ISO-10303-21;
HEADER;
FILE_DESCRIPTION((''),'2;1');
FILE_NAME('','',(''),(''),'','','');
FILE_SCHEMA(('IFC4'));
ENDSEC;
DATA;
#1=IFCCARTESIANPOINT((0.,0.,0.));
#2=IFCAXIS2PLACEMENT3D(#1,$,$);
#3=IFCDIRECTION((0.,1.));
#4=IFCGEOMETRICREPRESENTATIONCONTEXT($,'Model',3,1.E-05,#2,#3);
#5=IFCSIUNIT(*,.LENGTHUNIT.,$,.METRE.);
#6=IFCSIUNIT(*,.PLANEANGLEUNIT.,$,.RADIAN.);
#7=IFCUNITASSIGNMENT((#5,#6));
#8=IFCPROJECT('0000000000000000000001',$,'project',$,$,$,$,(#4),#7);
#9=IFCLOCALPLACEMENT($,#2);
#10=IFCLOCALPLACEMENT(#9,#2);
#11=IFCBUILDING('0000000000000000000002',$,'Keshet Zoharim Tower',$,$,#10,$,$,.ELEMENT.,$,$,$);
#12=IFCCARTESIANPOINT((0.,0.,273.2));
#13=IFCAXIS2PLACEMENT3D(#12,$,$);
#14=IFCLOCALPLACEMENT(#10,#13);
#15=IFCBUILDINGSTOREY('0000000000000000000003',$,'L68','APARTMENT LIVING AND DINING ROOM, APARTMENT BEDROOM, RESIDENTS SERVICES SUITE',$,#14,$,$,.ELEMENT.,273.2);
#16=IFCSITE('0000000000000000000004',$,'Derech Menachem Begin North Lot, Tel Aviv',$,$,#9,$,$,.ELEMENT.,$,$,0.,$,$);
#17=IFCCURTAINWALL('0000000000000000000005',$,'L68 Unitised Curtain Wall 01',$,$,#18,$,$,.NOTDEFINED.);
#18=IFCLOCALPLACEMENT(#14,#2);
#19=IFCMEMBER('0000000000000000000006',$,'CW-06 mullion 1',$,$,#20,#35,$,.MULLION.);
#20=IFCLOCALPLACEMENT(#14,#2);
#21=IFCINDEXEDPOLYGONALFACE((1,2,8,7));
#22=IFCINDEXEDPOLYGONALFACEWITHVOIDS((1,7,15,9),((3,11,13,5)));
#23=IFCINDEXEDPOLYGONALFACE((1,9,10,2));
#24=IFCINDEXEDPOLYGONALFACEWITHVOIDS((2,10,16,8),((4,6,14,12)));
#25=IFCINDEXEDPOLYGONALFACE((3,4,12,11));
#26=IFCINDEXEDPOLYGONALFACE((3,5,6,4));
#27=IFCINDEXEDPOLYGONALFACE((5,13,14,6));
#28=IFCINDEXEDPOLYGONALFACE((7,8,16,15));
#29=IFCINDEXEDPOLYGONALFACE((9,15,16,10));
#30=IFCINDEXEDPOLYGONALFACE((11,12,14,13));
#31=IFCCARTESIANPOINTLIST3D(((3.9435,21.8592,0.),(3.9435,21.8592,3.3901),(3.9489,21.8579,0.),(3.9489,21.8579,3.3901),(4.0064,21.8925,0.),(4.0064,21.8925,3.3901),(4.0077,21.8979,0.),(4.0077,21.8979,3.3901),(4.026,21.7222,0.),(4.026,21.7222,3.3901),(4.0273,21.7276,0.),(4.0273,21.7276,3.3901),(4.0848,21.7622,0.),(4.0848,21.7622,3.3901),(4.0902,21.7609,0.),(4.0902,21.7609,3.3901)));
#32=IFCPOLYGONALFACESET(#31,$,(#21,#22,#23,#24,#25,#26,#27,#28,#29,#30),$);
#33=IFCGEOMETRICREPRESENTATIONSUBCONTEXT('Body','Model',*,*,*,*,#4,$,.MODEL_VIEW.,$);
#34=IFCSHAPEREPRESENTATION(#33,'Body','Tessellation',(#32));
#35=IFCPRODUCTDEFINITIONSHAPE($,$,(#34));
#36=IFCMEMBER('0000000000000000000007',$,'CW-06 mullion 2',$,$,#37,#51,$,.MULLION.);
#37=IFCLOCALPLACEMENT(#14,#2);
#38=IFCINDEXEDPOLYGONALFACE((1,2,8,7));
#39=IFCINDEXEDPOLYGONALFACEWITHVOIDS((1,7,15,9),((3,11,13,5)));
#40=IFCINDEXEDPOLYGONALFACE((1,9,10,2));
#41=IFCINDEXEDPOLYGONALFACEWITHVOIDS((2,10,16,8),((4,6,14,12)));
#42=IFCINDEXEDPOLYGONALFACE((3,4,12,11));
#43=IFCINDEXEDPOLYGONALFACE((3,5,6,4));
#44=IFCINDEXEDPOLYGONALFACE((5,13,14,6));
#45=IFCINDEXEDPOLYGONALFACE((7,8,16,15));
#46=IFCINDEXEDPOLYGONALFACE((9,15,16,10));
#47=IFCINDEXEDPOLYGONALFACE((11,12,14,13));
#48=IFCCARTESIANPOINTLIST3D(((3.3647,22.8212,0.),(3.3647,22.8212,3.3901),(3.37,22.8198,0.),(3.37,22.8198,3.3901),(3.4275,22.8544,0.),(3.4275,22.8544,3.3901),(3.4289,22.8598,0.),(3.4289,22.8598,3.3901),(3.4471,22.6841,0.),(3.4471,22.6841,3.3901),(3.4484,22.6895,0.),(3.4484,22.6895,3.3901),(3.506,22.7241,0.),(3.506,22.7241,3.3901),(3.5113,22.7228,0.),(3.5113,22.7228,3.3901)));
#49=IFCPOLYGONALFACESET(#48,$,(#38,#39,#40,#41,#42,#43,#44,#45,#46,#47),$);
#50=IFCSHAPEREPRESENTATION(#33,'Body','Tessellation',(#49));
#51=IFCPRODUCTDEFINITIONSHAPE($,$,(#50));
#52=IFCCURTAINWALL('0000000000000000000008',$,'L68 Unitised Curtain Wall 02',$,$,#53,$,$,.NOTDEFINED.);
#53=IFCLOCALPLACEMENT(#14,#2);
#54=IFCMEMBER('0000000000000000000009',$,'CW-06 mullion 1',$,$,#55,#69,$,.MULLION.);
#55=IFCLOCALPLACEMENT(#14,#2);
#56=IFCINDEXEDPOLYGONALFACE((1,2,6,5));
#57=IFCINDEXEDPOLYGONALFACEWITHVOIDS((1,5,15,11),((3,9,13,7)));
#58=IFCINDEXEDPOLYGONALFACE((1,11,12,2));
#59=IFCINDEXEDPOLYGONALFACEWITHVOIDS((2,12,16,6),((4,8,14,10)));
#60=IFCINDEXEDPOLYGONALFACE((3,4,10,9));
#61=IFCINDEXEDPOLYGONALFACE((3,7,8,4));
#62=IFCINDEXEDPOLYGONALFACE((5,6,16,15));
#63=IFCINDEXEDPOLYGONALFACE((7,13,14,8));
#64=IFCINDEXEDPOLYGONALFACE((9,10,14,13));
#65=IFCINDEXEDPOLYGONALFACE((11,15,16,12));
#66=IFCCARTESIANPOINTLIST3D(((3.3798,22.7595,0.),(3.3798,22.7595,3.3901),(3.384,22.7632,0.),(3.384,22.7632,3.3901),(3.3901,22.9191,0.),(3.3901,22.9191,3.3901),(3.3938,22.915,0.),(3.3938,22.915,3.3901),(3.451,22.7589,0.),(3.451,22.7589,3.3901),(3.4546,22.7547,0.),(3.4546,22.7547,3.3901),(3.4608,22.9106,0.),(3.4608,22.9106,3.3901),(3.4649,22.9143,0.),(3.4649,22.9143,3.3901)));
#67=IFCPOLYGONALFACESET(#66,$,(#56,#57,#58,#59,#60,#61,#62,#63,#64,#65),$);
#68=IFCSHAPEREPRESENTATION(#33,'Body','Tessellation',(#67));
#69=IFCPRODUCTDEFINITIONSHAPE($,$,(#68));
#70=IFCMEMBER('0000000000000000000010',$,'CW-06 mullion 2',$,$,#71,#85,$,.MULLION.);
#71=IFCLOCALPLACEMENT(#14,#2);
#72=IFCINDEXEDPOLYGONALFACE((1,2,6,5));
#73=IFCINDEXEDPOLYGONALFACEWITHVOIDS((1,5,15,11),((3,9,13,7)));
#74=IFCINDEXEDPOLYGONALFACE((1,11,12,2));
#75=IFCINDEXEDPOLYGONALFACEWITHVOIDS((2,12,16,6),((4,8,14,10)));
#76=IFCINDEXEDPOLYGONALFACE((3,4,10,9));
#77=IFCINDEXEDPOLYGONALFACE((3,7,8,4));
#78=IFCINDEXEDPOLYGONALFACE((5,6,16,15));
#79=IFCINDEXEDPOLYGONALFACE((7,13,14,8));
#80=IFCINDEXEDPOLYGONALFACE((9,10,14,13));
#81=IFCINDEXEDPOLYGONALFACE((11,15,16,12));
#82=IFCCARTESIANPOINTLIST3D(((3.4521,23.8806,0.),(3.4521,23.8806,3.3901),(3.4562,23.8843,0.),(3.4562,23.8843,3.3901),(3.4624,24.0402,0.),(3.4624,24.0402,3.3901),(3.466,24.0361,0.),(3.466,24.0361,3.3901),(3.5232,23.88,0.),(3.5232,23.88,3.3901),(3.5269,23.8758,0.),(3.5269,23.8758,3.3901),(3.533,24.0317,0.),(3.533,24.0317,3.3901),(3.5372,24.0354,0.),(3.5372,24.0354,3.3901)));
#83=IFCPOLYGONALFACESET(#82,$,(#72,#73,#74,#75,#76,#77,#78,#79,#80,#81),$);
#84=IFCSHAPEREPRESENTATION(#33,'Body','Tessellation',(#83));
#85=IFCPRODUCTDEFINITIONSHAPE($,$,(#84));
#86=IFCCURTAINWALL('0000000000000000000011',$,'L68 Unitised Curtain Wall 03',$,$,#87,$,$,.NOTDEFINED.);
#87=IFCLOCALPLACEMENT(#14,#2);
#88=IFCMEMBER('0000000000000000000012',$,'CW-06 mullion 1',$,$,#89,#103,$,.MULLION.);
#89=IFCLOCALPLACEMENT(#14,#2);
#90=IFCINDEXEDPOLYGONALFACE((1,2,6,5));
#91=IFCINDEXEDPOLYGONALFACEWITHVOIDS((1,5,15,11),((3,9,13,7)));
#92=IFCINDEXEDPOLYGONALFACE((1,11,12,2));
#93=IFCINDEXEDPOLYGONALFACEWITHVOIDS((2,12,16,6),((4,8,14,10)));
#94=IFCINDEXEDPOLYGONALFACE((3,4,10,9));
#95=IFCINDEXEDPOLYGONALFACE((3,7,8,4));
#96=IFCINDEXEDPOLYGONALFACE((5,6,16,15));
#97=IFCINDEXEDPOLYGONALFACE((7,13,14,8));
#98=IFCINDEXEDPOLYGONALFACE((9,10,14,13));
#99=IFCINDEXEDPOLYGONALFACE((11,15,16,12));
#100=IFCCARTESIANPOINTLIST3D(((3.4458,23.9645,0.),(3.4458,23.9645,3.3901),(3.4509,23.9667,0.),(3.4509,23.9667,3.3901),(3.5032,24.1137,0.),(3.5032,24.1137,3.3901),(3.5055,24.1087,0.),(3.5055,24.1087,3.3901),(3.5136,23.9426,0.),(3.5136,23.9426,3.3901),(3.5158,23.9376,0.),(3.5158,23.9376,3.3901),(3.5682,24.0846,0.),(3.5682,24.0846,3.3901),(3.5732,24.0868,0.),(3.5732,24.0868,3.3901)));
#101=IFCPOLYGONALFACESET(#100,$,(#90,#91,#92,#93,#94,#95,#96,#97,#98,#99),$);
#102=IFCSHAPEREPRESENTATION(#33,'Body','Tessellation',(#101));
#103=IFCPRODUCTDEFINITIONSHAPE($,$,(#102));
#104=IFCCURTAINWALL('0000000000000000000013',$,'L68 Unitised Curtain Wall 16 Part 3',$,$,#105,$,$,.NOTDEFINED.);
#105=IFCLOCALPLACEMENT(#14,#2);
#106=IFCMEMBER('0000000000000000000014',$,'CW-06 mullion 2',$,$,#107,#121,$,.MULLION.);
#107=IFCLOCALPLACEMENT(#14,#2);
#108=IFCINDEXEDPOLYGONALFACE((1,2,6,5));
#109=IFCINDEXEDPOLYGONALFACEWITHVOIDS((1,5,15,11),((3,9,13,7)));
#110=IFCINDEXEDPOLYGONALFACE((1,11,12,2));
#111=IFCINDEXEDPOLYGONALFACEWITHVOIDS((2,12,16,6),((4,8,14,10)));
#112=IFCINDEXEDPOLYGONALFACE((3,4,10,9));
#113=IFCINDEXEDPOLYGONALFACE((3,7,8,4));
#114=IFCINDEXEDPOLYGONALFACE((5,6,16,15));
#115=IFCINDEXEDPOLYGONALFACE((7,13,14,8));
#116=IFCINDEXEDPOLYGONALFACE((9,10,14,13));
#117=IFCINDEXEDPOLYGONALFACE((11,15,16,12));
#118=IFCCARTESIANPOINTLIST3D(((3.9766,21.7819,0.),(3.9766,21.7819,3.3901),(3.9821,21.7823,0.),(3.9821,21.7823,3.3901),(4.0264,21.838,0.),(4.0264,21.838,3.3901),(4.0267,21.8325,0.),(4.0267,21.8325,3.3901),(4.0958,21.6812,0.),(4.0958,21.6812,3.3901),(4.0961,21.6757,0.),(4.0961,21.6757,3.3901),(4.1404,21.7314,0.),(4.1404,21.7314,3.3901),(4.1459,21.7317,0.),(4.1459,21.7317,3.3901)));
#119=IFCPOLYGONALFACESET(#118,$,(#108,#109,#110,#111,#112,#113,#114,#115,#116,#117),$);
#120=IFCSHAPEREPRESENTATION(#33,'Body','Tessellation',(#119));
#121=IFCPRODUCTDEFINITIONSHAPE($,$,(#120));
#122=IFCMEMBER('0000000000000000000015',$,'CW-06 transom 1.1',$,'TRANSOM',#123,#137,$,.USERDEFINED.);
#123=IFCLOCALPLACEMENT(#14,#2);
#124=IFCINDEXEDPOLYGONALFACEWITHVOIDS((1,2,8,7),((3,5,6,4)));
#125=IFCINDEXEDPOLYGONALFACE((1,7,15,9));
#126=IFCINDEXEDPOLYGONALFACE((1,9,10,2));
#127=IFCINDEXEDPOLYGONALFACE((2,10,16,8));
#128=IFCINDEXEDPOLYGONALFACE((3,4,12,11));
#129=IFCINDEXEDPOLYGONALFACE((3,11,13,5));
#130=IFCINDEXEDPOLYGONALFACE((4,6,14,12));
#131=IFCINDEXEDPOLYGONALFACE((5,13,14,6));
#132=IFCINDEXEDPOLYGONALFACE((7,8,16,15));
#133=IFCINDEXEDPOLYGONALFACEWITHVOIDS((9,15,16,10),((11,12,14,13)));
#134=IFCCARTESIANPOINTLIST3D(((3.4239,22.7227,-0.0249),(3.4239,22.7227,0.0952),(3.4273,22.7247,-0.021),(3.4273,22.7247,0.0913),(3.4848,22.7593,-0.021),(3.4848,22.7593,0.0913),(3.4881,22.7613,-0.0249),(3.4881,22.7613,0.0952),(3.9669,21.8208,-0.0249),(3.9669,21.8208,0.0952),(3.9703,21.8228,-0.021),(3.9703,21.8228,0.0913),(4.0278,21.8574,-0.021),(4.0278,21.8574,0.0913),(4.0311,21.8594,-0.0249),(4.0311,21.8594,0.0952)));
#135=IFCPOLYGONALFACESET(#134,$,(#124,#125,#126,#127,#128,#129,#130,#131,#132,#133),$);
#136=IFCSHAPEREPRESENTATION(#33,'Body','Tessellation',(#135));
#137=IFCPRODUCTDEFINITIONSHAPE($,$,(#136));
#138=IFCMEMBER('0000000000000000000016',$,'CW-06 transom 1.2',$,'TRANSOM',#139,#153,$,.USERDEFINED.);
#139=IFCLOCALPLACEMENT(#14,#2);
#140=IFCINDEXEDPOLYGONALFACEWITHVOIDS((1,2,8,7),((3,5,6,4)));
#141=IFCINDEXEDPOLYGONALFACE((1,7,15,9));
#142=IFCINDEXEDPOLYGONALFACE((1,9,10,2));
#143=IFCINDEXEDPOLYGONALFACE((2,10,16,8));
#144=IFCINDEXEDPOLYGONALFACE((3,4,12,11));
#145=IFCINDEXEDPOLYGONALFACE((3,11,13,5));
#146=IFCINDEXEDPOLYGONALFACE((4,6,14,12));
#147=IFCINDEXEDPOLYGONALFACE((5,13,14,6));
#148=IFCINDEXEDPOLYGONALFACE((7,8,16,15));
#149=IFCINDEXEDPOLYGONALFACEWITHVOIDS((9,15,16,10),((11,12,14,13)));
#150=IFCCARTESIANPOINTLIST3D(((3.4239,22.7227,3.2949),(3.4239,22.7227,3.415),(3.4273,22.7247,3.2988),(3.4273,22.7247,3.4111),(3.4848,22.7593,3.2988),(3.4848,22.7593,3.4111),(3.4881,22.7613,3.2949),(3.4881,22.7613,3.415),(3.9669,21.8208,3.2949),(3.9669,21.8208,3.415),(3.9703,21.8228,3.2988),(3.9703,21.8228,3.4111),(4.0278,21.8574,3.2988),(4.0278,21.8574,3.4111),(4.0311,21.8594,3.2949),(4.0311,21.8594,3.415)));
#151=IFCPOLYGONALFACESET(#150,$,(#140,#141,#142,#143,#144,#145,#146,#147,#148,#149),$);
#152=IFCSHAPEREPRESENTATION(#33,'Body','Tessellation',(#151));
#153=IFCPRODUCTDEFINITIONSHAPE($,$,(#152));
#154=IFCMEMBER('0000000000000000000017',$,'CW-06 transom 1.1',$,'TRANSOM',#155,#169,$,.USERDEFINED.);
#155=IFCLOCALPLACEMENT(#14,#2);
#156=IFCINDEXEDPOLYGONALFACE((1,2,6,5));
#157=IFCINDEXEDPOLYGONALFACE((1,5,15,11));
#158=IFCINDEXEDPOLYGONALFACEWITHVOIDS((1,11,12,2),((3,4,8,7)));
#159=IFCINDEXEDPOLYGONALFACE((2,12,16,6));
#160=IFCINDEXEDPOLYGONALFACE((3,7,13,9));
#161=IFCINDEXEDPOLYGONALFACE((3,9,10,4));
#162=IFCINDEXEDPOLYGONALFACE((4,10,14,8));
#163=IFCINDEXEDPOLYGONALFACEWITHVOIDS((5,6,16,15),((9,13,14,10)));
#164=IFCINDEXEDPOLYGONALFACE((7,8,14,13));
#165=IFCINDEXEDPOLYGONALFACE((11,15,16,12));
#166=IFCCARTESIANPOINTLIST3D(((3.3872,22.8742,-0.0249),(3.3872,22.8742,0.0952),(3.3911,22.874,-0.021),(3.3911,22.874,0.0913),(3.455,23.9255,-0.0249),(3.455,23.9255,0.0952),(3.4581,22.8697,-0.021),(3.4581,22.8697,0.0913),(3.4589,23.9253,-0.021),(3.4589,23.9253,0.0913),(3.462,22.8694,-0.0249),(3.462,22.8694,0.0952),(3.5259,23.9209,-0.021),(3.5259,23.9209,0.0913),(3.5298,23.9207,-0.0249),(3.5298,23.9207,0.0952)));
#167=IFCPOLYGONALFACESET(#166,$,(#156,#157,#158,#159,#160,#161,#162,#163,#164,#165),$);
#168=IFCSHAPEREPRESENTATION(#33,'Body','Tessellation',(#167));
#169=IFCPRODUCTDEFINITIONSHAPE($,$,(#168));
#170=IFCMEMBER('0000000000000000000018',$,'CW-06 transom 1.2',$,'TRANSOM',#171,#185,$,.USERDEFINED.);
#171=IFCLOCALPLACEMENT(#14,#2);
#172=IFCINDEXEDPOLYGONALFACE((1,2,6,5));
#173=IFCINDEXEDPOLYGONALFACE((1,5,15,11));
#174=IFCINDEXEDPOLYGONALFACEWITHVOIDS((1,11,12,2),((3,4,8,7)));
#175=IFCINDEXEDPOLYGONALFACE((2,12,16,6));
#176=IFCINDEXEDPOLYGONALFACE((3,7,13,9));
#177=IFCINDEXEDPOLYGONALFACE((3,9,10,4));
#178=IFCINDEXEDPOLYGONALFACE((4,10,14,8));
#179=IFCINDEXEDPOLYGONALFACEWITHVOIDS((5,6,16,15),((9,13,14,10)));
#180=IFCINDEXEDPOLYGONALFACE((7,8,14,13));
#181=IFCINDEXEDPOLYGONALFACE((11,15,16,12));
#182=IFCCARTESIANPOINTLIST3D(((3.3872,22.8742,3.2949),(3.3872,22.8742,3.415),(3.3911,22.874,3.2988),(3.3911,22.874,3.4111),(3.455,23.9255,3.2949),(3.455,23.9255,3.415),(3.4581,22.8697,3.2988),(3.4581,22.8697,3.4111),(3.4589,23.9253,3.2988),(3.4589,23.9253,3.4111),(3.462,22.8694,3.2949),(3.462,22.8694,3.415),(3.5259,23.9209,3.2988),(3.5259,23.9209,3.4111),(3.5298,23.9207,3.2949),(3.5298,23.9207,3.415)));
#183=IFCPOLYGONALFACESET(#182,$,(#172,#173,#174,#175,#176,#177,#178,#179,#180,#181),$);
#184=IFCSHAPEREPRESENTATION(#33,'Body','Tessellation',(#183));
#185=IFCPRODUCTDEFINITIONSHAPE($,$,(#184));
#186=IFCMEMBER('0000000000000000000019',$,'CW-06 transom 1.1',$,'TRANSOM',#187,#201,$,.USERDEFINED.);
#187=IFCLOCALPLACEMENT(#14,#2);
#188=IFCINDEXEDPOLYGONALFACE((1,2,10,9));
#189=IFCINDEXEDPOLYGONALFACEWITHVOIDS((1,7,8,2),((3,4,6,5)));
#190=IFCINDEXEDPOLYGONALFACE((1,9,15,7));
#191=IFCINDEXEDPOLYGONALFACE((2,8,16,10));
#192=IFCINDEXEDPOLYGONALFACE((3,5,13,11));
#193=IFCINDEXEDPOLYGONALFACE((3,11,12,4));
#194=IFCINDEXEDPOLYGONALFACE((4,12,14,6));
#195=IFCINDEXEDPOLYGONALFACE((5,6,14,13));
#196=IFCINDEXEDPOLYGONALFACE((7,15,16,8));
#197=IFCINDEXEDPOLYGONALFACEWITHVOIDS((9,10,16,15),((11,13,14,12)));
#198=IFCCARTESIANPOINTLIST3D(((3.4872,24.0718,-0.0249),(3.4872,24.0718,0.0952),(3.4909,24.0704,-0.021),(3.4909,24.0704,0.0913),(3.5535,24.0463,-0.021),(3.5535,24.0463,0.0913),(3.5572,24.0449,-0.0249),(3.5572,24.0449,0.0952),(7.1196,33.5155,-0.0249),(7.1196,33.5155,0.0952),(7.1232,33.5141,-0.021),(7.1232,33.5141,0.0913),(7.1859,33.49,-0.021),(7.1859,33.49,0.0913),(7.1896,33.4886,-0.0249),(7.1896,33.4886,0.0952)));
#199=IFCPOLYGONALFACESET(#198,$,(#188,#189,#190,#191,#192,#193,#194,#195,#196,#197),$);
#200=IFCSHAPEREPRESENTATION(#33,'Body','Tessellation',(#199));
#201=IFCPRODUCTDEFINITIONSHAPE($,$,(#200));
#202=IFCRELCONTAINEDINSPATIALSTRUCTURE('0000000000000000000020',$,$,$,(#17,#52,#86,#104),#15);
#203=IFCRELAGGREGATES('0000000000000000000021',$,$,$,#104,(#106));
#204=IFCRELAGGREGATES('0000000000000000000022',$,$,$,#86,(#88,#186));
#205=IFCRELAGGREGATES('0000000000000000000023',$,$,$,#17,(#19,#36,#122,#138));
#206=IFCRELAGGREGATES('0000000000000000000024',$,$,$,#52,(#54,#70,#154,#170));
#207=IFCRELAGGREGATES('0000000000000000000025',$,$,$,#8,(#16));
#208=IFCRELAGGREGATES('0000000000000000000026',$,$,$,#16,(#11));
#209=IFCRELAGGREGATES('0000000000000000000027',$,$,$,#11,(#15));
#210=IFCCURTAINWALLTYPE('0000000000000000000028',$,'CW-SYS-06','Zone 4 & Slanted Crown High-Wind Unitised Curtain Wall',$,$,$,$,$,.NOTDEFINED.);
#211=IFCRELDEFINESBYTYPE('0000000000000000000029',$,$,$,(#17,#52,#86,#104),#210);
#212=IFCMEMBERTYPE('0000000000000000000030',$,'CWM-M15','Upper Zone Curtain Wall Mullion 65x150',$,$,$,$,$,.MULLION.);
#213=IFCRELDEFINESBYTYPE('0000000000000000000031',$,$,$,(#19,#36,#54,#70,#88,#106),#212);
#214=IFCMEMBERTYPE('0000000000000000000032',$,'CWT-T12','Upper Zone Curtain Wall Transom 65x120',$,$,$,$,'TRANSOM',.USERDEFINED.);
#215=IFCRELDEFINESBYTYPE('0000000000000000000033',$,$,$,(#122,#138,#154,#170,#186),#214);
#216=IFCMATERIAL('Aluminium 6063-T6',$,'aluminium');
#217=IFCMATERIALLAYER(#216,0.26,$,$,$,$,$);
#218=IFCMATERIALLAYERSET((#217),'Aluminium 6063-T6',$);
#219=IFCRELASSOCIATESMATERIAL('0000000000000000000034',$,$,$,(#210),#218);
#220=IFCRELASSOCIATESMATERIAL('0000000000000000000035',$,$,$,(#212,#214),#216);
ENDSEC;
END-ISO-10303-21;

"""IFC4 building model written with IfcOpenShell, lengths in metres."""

from ifc_helpers import new_model, si_unit, direction, frame, origin, origin_2d, place, context, subcontext, project, spatial, hollow_rectangle, extrude, material, layer, layer_set, material_profile, profile_set, type_object, element, aggregate, save


model = new_model("IFC4")

# Units and contexts
model_context = context("Model", 3, precision=1e-05, world=origin(), true_north=direction((0.0, 1.0)))
body_context = subcontext(model_context, "Body", "Model", "MODEL_VIEW")
ifc_project = project(units=[si_unit("LENGTHUNIT", "METRE"), si_unit("PLANEANGLEUNIT", "RADIAN")], contexts=[model_context])

# Site, building, storey
site_placement = place(None, origin())
site = spatial("IfcSite", under=ifc_project, at=site_placement, Name="Derech Menachem Begin North Lot, Tel Aviv", CompositionType="ELEMENT", RefElevation=0.0)
building_placement = place(site_placement, origin())
building = spatial("IfcBuilding", under=site, at=building_placement, Name="Keshet Zoharim Tower", CompositionType="ELEMENT")
storey_placement = place(building_placement, frame((0.0, 0.0, 273.2)))
storey = spatial("IfcBuildingStorey", under=building, at=storey_placement, Name="L68", Description="APARTMENT LIVING AND DINING ROOM, APARTMENT BEDROOM, RESIDENTS SERVICES SUITE", CompositionType="ELEMENT", Elevation=273.2)

# Curtain walls, members
ifc_material_1 = material(Name="Aluminium 6063-T6", Category="aluminium")
ifc_layer_1 = layer(ifc_material_1, 0.26)
ifc_layer_set_1 = layer_set([ifc_layer_1], Name="Aluminium 6063-T6")
curtain_wall_type = type_object("IfcCurtainWallType", Name="CW-SYS-06", Description="Zone 4 & Slanted Crown High-Wind Unitised Curtain Wall", PredefinedType="NOTDEFINED", material=ifc_layer_set_1)
curtain_wall_1_placement = place(storey_placement, origin())
curtain_wall_1 = element("IfcCurtainWall", 1, at=curtain_wall_1_placement, inside=storey, type_object=curtain_wall_type, Name="L68 Unitised Curtain Wall 01", PredefinedType="NOTDEFINED")
ifc_material_profile_1 = material_profile(ifc_material_1, hollow_rectangle(XDim=0.075, YDim=0.1599, WallThickness=0.0039, at=origin_2d()), Name="MUL-75x160")
ifc_profile_set_1 = profile_set([ifc_material_profile_1], Name="Aluminium 6063-T6")
member_type_1 = type_object("IfcMemberType", Name="CWM-M15", Description="Upper Zone Curtain Wall Mullion 65x150", PredefinedType="MULLION", material=ifc_profile_set_1)
member_1_placement = place(storey_placement, frame((4.0168, 21.8101, 0.0), z_axis=(0.0, 0.0, 1.0), x_axis=(-0.856826, -0.515605, 0.0)))
member_1 = element("IfcMember", 2, at=member_1_placement, type_object=member_type_1, Name="CW-06 mullion 1", PredefinedType="MULLION", context=body_context, shape_type="SweptSolid", body=[
    extrude(hollow_rectangle(XDim=0.075, YDim=0.1599, WallThickness=0.0039, at=origin_2d()), origin(), (0.0, 0.0, 1.0), 3.3901),
])
member_2_placement = place(storey_placement, frame((3.438, 22.772, 0.0), z_axis=(0.0, 0.0, 1.0), x_axis=(-0.856826, -0.515605, 0.0)))
member_2 = element("IfcMember", 3, at=member_2_placement, type_object=member_type_1, Name="CW-06 mullion 2", PredefinedType="MULLION", context=body_context, shape_type="SweptSolid", body=[
    extrude(hollow_rectangle(XDim=0.075, YDim=0.1599, WallThickness=0.0039, at=origin_2d()), origin(), (0.0, 0.0, 1.0), 3.3901),
])
curtain_wall_2_placement = place(storey_placement, origin())
curtain_wall_2 = element("IfcCurtainWall", 4, at=curtain_wall_2_placement, inside=storey, type_object=curtain_wall_type, Name="L68 Unitised Curtain Wall 02", PredefinedType="NOTDEFINED")
member_3_placement = place(storey_placement, frame((3.4224, 22.8369, 0.0), z_axis=(0.0, 0.0, 1.0), x_axis=(-0.997917, 0.064517, 0.0)))
member_3 = element("IfcMember", 5, at=member_3_placement, type_object=member_type_1, Name="CW-06 mullion 1", PredefinedType="MULLION", context=body_context, shape_type="SweptSolid", body=[
    extrude(hollow_rectangle(XDim=0.075, YDim=0.1599, WallThickness=0.0039, at=origin_2d()), origin(), (0.0, 0.0, 1.0), 3.3901),
])
member_4_placement = place(storey_placement, frame((3.4946, 23.958, 0.0), z_axis=(0.0, 0.0, 1.0), x_axis=(-0.997917, 0.064517, 0.0)))
member_4 = element("IfcMember", 6, at=member_4_placement, type_object=member_type_1, Name="CW-06 mullion 2", PredefinedType="MULLION", context=body_context, shape_type="SweptSolid", body=[
    extrude(hollow_rectangle(XDim=0.075, YDim=0.1599, WallThickness=0.0039, at=origin_2d()), origin(), (0.0, 0.0, 1.0), 3.3901),
])

# Curtain walls, members
curtain_wall_3_placement = place(storey_placement, origin())
curtain_wall_3 = element("IfcCurtainWall", 7, at=curtain_wall_3_placement, inside=storey, type_object=curtain_wall_type, Name="L68 Unitised Curtain Wall 03", PredefinedType="NOTDEFINED")
member_5_placement = place(storey_placement, frame((3.5095, 24.0256, 0.0), z_axis=(0.0, 0.0, 1.0), x_axis=(-0.933341, 0.35899, 0.0)))
member_5 = element("IfcMember", 8, at=member_5_placement, type_object=member_type_1, Name="CW-06 mullion 1", PredefinedType="MULLION", context=body_context, shape_type="SweptSolid", body=[
    extrude(hollow_rectangle(XDim=0.075, YDim=0.1599, WallThickness=0.0039, at=origin_2d()), origin(), (0.0, 0.0, 1.0), 3.3901),
])
curtain_wall_4_placement = place(storey_placement, origin())
curtain_wall_4 = element("IfcCurtainWall", 9, at=curtain_wall_4_placement, inside=storey, type_object=curtain_wall_type, Name="L68 Unitised Curtain Wall 16 Part 3", PredefinedType="NOTDEFINED")
member_6_placement = place(storey_placement, frame((4.0613, 21.7568, 0.0), z_axis=(0.0, 0.0, 1.0), x_axis=(-0.664364, -0.747409, 0.0)))
member_6 = element("IfcMember", 10, at=member_6_placement, type_object=member_type_1, Name="CW-06 mullion 2", PredefinedType="MULLION", context=body_context, shape_type="SweptSolid", body=[
    extrude(hollow_rectangle(XDim=0.075, YDim=0.1599, WallThickness=0.0039, at=origin_2d()), origin(), (0.0, 0.0, 1.0), 3.3901),
])
aggregate(curtain_wall_4, [member_6])

# Members
ifc_material_profile_2 = material_profile(ifc_material_1, hollow_rectangle(XDim=0.075, YDim=0.1201, WallThickness=0.0039, at=origin_2d()), Name="TRN-75x120")
ifc_profile_set_2 = profile_set([ifc_material_profile_2], Name="Aluminium 6063-T6")
member_type_2 = type_object("IfcMemberType", Name="CWT-T12", Description="Upper Zone Curtain Wall Transom 65x120", ElementType="TRANSOM", PredefinedType="USERDEFINED", material=ifc_profile_set_2)
member_7_placement = place(storey_placement, frame((3.999, 21.8401, 0.0352), z_axis=(-0.515791, 0.856714, 0.0), x_axis=(-0.856714, -0.515791, 0.0)))
member_7 = element("IfcMember", 11, at=member_7_placement, type_object=member_type_2, Name="CW-06 transom 1.1", ObjectType="TRANSOM", PredefinedType="USERDEFINED", context=body_context, shape_type="SweptSolid", body=[
    extrude(hollow_rectangle(XDim=0.075, YDim=0.1201, WallThickness=0.0039, at=origin_2d()), origin(), (0.0, 0.0, 1.0), 1.0527),
])
member_8_placement = place(storey_placement, frame((3.999, 21.8401, 3.355), z_axis=(-0.515791, 0.856714, 0.0), x_axis=(-0.856714, -0.515791, 0.0)))
member_8 = element("IfcMember", 12, at=member_8_placement, type_object=member_type_2, Name="CW-06 transom 1.2", ObjectType="TRANSOM", PredefinedType="USERDEFINED", context=body_context, shape_type="SweptSolid", body=[
    extrude(hollow_rectangle(XDim=0.075, YDim=0.1201, WallThickness=0.0039, at=origin_2d()), origin(), (0.0, 0.0, 1.0), 1.0527),
])
member_9_placement = place(storey_placement, frame((3.4246, 22.8718, 0.0352), z_axis=(0.064427, 0.997922, 0.0), x_axis=(-0.997922, 0.064427, 0.0)))
member_9 = element("IfcMember", 13, at=member_9_placement, type_object=member_type_2, Name="CW-06 transom 1.1", ObjectType="TRANSOM", PredefinedType="USERDEFINED", context=body_context, shape_type="SweptSolid", body=[
    extrude(hollow_rectangle(XDim=0.075, YDim=0.1201, WallThickness=0.0039, at=origin_2d()), origin(), (0.0, 0.0, 1.0), 1.0535),
])
member_10_placement = place(storey_placement, frame((3.4246, 22.8718, 3.355), z_axis=(0.064427, 0.997922, 0.0), x_axis=(-0.997922, 0.064427, 0.0)))
member_10 = element("IfcMember", 14, at=member_10_placement, type_object=member_type_2, Name="CW-06 transom 1.2", ObjectType="TRANSOM", PredefinedType="USERDEFINED", context=body_context, shape_type="SweptSolid", body=[
    extrude(hollow_rectangle(XDim=0.075, YDim=0.1201, WallThickness=0.0039, at=origin_2d()), origin(), (0.0, 0.0, 1.0), 1.0535),
])
member_11_placement = place(storey_placement, frame((3.5222, 24.0583, 0.0352), z_axis=(0.358994, 0.93334, 0.0), x_axis=(-0.93334, 0.358994, 0.0)))
member_11 = element("IfcMember", 15, at=member_11_placement, type_object=member_type_2, Name="CW-06 transom 1.1", ObjectType="TRANSOM", PredefinedType="USERDEFINED", context=body_context, shape_type="SweptSolid", body=[
    extrude(hollow_rectangle(XDim=0.075, YDim=0.1201, WallThickness=0.0039, at=origin_2d()), origin(), (0.0, 0.0, 1.0), 10.1182),
])
aggregate(curtain_wall_3, [member_5, member_11])

aggregate(curtain_wall_1, [member_1, member_2, member_7, member_8])
aggregate(curtain_wall_2, [member_3, member_4, member_9, member_10])

save(model, "model.ifc")
